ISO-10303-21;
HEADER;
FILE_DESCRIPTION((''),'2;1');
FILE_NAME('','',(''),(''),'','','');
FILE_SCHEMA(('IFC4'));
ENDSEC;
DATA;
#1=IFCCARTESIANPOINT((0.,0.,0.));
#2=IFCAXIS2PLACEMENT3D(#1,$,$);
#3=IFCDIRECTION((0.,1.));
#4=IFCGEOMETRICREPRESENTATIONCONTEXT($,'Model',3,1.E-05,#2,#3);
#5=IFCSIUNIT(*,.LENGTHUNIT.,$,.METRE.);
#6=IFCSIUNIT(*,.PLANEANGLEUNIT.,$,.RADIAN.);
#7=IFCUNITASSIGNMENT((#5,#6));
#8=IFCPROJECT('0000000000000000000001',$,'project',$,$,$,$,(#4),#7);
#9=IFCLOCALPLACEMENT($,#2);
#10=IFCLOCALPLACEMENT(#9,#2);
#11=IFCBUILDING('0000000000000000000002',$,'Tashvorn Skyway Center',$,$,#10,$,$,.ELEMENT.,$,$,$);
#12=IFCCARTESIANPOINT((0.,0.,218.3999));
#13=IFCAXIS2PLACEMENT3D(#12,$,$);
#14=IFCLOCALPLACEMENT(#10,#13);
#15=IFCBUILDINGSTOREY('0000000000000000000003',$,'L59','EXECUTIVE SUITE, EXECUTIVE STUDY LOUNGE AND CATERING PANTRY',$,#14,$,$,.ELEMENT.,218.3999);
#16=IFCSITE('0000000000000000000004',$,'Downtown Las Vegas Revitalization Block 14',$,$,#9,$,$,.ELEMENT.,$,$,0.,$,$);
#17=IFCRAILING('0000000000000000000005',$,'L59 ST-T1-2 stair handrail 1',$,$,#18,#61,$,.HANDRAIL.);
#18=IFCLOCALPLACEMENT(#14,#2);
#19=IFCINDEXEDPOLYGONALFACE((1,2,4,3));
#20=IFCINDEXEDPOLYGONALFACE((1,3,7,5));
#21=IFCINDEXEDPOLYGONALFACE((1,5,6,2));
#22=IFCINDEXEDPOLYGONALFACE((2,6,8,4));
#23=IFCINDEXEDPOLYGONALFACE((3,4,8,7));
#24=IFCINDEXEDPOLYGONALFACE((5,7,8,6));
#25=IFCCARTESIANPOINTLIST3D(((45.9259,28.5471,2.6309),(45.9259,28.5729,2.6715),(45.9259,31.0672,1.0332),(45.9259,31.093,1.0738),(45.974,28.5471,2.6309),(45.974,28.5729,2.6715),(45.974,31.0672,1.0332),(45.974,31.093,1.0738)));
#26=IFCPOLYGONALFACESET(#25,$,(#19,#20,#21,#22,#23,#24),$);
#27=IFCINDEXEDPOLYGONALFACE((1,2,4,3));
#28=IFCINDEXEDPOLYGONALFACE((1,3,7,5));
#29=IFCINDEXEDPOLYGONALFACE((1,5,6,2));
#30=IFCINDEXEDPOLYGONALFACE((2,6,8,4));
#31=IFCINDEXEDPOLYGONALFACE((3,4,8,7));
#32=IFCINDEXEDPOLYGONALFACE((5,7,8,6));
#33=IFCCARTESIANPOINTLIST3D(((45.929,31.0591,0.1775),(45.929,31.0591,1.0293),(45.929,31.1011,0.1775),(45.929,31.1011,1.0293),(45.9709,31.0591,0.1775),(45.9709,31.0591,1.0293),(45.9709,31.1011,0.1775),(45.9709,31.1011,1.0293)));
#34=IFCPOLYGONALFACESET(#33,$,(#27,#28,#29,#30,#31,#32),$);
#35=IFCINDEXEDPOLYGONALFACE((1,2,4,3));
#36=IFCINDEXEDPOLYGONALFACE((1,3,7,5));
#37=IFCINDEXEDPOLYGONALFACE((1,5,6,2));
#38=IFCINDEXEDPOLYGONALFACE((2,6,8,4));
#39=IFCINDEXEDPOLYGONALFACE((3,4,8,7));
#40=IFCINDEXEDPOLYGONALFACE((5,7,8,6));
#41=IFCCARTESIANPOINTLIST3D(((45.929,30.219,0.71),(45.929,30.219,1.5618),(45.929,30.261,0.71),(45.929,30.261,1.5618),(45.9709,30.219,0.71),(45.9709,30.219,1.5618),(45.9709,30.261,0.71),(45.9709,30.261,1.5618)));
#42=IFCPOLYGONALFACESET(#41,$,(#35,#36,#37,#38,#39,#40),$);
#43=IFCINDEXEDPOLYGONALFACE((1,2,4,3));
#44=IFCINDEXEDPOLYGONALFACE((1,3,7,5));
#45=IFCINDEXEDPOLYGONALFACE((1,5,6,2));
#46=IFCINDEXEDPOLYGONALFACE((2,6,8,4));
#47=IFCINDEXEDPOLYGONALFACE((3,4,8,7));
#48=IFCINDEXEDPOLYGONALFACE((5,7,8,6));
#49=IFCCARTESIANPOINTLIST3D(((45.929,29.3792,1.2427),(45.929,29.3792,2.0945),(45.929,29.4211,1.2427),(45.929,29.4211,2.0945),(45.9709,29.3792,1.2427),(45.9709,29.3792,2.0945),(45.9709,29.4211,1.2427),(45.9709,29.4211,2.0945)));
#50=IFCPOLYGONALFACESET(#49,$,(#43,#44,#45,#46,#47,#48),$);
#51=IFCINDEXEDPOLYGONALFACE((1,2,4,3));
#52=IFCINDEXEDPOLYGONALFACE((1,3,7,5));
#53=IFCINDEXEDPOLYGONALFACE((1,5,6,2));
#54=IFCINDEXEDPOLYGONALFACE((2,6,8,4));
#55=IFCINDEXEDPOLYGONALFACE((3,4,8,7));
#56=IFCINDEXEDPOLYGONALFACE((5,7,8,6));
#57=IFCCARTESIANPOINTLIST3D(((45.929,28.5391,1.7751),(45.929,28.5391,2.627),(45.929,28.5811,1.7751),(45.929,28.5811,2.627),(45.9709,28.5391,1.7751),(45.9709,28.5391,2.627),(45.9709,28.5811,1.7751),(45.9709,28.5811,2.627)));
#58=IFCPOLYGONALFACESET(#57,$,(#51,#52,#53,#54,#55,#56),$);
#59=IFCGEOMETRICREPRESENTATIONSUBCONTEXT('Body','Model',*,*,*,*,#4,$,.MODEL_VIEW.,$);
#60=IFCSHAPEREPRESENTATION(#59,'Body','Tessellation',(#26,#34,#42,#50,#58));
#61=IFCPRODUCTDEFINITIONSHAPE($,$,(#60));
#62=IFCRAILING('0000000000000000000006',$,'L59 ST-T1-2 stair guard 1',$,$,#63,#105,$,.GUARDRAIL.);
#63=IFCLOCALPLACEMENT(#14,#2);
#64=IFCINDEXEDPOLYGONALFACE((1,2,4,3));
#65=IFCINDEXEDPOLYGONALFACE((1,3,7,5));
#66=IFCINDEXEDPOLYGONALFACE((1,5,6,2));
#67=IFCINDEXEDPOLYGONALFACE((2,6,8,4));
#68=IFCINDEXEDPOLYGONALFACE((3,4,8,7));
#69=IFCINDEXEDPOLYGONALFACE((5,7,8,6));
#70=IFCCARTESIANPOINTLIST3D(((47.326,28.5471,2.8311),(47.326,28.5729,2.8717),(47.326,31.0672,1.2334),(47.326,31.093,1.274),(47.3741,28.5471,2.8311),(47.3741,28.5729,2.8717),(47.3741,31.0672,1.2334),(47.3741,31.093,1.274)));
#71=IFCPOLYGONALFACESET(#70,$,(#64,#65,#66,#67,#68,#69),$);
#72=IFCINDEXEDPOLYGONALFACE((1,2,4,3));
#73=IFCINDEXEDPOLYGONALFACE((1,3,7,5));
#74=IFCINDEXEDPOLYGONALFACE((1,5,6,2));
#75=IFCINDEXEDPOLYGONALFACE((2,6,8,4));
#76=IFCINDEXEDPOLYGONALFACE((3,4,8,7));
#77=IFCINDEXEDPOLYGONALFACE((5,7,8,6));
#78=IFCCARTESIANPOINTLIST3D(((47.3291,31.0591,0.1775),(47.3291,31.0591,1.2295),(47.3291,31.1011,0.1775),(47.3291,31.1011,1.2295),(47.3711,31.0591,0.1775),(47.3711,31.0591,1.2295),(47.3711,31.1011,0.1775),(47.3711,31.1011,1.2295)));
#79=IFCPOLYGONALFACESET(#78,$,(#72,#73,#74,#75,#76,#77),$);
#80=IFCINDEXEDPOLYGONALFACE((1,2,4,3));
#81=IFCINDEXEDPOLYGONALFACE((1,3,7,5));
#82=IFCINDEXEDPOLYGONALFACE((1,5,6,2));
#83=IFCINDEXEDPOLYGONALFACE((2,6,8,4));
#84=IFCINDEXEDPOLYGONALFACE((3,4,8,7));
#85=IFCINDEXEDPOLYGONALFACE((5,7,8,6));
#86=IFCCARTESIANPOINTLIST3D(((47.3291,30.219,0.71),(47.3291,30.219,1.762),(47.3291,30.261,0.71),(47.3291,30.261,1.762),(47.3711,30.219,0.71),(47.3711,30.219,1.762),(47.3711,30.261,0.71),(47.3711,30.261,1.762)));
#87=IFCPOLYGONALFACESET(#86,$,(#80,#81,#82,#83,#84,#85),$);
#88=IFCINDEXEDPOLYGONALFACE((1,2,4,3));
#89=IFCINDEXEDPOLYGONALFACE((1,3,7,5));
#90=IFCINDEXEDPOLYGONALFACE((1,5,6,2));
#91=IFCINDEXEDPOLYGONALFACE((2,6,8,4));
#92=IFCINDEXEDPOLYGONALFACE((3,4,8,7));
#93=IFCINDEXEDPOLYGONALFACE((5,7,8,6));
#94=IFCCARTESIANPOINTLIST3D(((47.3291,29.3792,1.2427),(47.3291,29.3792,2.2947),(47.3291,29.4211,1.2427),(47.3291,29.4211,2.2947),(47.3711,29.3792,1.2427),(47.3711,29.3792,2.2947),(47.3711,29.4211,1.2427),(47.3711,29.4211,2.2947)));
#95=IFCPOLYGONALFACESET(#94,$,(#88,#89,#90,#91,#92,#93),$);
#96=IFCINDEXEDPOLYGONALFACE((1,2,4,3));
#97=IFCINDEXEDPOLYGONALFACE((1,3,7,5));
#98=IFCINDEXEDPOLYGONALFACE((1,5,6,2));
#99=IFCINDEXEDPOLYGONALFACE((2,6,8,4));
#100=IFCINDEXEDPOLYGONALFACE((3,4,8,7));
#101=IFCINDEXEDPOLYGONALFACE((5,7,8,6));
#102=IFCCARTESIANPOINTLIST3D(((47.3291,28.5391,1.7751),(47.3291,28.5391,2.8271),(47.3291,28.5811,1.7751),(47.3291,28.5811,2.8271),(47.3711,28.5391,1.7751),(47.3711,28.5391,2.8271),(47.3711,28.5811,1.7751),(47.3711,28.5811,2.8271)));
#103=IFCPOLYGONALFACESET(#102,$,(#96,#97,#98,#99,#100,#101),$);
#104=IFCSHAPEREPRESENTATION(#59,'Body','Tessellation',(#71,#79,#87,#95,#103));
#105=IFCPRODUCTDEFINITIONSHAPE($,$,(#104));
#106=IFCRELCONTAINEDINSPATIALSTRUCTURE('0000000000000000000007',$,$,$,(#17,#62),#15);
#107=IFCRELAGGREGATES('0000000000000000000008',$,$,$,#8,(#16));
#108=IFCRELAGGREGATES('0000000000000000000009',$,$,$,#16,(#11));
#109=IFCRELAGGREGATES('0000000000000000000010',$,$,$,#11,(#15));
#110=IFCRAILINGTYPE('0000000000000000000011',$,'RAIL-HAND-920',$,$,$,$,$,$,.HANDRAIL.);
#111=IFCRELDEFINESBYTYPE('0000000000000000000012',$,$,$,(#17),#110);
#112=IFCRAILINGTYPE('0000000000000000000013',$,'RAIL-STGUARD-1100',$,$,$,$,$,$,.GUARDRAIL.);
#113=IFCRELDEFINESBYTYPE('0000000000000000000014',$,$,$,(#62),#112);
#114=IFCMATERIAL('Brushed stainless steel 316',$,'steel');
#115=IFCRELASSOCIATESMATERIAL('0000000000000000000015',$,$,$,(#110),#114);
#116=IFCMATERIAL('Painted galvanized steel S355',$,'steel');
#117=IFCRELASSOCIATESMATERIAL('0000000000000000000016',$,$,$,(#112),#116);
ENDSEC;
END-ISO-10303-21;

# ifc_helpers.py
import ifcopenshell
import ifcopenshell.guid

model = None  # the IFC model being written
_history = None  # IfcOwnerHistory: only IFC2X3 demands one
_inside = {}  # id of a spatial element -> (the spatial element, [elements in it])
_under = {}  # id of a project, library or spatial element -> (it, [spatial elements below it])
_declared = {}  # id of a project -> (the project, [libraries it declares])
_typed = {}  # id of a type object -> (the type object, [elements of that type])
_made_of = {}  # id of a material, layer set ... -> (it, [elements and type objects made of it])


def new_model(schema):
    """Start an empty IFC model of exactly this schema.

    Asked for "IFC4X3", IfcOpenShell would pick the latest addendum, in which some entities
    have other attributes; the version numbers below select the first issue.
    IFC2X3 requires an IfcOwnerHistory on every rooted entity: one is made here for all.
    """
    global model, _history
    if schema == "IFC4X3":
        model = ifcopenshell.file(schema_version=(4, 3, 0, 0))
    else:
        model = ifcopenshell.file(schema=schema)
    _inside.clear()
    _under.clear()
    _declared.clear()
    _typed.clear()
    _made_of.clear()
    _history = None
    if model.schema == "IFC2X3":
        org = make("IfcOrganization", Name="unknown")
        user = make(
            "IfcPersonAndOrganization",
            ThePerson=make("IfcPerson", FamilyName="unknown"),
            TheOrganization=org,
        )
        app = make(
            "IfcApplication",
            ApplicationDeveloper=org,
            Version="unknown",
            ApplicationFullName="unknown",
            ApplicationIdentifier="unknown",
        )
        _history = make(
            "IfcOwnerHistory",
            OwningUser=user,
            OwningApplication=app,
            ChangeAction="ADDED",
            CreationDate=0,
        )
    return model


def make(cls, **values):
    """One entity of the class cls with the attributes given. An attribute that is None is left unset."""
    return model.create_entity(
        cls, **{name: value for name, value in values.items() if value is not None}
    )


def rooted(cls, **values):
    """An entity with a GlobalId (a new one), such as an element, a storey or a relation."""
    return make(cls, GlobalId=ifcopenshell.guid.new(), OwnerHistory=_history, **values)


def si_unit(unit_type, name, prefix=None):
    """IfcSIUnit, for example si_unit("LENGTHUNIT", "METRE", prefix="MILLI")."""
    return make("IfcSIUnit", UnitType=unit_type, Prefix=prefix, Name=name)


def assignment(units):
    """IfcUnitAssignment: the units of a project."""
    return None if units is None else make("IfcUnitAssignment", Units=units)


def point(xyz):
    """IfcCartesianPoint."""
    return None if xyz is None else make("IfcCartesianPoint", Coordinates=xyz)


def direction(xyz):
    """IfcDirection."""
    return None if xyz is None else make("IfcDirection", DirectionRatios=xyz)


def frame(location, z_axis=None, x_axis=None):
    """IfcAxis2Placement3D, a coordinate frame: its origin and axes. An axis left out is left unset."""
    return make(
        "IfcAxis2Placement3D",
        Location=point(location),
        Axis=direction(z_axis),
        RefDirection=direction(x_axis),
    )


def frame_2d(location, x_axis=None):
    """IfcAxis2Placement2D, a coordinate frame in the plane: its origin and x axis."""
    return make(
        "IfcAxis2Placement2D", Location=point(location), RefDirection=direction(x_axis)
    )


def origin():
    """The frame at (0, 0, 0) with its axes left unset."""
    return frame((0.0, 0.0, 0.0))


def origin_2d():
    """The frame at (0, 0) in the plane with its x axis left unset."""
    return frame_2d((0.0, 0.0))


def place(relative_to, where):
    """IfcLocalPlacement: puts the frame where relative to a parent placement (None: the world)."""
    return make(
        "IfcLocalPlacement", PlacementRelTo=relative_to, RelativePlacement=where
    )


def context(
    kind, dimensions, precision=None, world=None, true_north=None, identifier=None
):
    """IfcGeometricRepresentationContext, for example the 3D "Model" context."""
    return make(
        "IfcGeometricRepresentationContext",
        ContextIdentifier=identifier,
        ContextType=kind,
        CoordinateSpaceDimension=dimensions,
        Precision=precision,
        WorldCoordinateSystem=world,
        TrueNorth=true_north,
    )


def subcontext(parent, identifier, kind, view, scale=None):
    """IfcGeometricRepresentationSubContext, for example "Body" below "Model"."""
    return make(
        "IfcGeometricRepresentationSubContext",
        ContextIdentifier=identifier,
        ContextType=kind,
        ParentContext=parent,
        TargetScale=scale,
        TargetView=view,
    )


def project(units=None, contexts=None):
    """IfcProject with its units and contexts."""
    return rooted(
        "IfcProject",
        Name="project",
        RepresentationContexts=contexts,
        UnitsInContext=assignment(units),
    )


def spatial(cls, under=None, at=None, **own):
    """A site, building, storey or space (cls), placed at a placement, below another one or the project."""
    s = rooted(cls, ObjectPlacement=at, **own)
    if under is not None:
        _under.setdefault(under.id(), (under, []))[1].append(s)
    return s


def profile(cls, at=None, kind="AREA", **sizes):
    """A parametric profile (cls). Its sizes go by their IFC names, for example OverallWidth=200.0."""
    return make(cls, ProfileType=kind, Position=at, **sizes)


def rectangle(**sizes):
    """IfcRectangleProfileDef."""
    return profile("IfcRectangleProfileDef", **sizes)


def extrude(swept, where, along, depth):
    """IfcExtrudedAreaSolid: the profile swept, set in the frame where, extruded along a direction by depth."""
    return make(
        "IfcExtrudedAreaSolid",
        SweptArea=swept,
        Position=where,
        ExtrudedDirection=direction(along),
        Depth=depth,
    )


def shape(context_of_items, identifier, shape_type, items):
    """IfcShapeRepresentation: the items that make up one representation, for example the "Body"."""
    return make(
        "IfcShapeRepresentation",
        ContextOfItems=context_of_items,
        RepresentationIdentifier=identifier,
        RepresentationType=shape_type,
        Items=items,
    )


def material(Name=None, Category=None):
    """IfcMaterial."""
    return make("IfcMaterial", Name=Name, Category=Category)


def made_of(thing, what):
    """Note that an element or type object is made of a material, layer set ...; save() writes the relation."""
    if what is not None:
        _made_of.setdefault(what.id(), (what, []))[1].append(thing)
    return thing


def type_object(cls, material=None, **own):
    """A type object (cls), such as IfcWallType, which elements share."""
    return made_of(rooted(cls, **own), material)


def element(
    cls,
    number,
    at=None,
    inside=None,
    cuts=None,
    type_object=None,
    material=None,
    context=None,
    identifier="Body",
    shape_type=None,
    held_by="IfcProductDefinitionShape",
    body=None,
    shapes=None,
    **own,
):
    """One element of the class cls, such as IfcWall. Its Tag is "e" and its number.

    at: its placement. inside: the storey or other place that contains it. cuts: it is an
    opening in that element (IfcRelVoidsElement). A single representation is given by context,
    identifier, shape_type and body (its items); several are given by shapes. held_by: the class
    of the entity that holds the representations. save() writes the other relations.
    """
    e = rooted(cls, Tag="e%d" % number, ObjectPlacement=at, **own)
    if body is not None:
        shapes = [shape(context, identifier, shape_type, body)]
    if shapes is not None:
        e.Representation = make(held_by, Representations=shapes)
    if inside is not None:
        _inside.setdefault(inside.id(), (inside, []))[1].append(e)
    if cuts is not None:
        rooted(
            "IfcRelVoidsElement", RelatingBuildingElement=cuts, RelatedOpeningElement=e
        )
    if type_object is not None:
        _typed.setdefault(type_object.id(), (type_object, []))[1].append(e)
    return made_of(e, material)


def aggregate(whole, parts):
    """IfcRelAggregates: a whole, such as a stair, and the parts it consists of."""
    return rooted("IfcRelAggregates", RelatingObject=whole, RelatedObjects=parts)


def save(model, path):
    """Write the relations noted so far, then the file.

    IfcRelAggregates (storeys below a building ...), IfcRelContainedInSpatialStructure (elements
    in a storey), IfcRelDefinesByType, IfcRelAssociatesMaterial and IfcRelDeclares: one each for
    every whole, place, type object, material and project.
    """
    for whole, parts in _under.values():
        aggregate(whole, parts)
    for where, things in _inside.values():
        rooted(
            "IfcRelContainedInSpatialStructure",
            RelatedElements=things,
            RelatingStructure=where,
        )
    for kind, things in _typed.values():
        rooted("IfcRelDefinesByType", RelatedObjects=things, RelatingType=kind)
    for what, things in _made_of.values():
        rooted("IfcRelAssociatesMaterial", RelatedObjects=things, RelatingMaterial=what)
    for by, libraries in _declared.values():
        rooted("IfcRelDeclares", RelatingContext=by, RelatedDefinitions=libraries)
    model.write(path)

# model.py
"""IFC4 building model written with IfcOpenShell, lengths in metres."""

from ifc_helpers import new_model, si_unit, direction, frame, origin, origin_2d, place, context, subcontext, project, spatial, rectangle, extrude, material, type_object, element, save


model = new_model("IFC4")

# Units and contexts
model_context = context("Model", 3, precision=1e-05, world=origin(), true_north=direction((0.0, 1.0)))
body_context = subcontext(model_context, "Body", "Model", "MODEL_VIEW")
ifc_project = project(units=[si_unit("LENGTHUNIT", "METRE"), si_unit("PLANEANGLEUNIT", "RADIAN")], contexts=[model_context])

# Site, building, storey
site_placement = place(None, origin())
site = spatial("IfcSite", under=ifc_project, at=site_placement, Name="Downtown Las Vegas Revitalization Block 14", CompositionType="ELEMENT", RefElevation=0.0)
building_placement = place(site_placement, origin())
building = spatial("IfcBuilding", under=site, at=building_placement, Name="Tashvorn Skyway Center", CompositionType="ELEMENT")
storey_placement = place(building_placement, frame((0.0, 0.0, 218.3999)))
storey = spatial("IfcBuildingStorey", under=building, at=storey_placement, Name="L59", Description="EXECUTIVE SUITE, EXECUTIVE STUDY LOUNGE AND CATERING PANTRY", CompositionType="ELEMENT", Elevation=218.3999)

# Railings
ifc_material_1 = material(Name="Brushed stainless steel 316", Category="steel")
railing_type_1 = type_object("IfcRailingType", Name="RAIL-HAND-920", PredefinedType="HANDRAIL", material=ifc_material_1)
railing_1_placement = place(storey_placement, frame((45.95, 31.0801, 0.1775)))
element("IfcRailing", 1, at=railing_1_placement, inside=storey, type_object=railing_type_1, Name="L59 ST-T1-2 stair handrail 1", PredefinedType="HANDRAIL", context=body_context, shape_type="SweptSolid", body=[
    extrude(rectangle(XDim=0.0481, YDim=0.0481, at=origin_2d()), frame((0.0, 0.0, 0.876), z_axis=(0.0, -0.84457, 0.535445), x_axis=(1.0, 0.0, 0.0)), (0.0, 0.0, 1.0), 2.9839),
    extrude(rectangle(XDim=0.042, YDim=0.042, at=origin_2d()), origin(), (0.0, 0.0, 1.0), 0.8518),
    extrude(rectangle(XDim=0.042, YDim=0.042, at=origin_2d()), frame((0.0, -0.8401, 0.5325)), (0.0, 0.0, 1.0), 0.8518),
    extrude(rectangle(XDim=0.042, YDim=0.042, at=origin_2d()), frame((0.0, -1.6799, 1.0652)), (0.0, 0.0, 1.0), 0.8518),
    extrude(rectangle(XDim=0.042, YDim=0.042, at=origin_2d()), frame((0.0, -2.52, 1.5977)), (0.0, 0.0, 1.0), 0.8518),
])
ifc_material_2 = material(Name="Painted galvanized steel S355", Category="steel")
railing_type_2 = type_object("IfcRailingType", Name="RAIL-STGUARD-1100", PredefinedType="GUARDRAIL", material=ifc_material_2)
railing_2_placement = place(storey_placement, frame((47.3501, 31.0801, 0.1775)))
element("IfcRailing", 2, at=railing_2_placement, inside=storey, type_object=railing_type_2, Name="L59 ST-T1-2 stair guard 1", PredefinedType="GUARDRAIL", context=body_context, shape_type="SweptSolid", body=[
    extrude(rectangle(XDim=0.0481, YDim=0.0481, at=origin_2d()), frame((0.0, 0.0, 1.0762), z_axis=(0.0, -0.84457, 0.535445), x_axis=(1.0, 0.0, 0.0)), (0.0, 0.0, 1.0), 2.9839),
    extrude(rectangle(XDim=0.042, YDim=0.042, at=origin_2d()), origin(), (0.0, 0.0, 1.0), 1.052),
    extrude(rectangle(XDim=0.042, YDim=0.042, at=origin_2d()), frame((0.0, -0.8401, 0.5325)), (0.0, 0.0, 1.0), 1.052),
    extrude(rectangle(XDim=0.042, YDim=0.042, at=origin_2d()), frame((0.0, -1.6799, 1.0652)), (0.0, 0.0, 1.0), 1.052),
    extrude(rectangle(XDim=0.042, YDim=0.042, at=origin_2d()), frame((0.0, -2.52, 1.5977)), (0.0, 0.0, 1.0), 1.052),
])

save(model, "model.ifc")
